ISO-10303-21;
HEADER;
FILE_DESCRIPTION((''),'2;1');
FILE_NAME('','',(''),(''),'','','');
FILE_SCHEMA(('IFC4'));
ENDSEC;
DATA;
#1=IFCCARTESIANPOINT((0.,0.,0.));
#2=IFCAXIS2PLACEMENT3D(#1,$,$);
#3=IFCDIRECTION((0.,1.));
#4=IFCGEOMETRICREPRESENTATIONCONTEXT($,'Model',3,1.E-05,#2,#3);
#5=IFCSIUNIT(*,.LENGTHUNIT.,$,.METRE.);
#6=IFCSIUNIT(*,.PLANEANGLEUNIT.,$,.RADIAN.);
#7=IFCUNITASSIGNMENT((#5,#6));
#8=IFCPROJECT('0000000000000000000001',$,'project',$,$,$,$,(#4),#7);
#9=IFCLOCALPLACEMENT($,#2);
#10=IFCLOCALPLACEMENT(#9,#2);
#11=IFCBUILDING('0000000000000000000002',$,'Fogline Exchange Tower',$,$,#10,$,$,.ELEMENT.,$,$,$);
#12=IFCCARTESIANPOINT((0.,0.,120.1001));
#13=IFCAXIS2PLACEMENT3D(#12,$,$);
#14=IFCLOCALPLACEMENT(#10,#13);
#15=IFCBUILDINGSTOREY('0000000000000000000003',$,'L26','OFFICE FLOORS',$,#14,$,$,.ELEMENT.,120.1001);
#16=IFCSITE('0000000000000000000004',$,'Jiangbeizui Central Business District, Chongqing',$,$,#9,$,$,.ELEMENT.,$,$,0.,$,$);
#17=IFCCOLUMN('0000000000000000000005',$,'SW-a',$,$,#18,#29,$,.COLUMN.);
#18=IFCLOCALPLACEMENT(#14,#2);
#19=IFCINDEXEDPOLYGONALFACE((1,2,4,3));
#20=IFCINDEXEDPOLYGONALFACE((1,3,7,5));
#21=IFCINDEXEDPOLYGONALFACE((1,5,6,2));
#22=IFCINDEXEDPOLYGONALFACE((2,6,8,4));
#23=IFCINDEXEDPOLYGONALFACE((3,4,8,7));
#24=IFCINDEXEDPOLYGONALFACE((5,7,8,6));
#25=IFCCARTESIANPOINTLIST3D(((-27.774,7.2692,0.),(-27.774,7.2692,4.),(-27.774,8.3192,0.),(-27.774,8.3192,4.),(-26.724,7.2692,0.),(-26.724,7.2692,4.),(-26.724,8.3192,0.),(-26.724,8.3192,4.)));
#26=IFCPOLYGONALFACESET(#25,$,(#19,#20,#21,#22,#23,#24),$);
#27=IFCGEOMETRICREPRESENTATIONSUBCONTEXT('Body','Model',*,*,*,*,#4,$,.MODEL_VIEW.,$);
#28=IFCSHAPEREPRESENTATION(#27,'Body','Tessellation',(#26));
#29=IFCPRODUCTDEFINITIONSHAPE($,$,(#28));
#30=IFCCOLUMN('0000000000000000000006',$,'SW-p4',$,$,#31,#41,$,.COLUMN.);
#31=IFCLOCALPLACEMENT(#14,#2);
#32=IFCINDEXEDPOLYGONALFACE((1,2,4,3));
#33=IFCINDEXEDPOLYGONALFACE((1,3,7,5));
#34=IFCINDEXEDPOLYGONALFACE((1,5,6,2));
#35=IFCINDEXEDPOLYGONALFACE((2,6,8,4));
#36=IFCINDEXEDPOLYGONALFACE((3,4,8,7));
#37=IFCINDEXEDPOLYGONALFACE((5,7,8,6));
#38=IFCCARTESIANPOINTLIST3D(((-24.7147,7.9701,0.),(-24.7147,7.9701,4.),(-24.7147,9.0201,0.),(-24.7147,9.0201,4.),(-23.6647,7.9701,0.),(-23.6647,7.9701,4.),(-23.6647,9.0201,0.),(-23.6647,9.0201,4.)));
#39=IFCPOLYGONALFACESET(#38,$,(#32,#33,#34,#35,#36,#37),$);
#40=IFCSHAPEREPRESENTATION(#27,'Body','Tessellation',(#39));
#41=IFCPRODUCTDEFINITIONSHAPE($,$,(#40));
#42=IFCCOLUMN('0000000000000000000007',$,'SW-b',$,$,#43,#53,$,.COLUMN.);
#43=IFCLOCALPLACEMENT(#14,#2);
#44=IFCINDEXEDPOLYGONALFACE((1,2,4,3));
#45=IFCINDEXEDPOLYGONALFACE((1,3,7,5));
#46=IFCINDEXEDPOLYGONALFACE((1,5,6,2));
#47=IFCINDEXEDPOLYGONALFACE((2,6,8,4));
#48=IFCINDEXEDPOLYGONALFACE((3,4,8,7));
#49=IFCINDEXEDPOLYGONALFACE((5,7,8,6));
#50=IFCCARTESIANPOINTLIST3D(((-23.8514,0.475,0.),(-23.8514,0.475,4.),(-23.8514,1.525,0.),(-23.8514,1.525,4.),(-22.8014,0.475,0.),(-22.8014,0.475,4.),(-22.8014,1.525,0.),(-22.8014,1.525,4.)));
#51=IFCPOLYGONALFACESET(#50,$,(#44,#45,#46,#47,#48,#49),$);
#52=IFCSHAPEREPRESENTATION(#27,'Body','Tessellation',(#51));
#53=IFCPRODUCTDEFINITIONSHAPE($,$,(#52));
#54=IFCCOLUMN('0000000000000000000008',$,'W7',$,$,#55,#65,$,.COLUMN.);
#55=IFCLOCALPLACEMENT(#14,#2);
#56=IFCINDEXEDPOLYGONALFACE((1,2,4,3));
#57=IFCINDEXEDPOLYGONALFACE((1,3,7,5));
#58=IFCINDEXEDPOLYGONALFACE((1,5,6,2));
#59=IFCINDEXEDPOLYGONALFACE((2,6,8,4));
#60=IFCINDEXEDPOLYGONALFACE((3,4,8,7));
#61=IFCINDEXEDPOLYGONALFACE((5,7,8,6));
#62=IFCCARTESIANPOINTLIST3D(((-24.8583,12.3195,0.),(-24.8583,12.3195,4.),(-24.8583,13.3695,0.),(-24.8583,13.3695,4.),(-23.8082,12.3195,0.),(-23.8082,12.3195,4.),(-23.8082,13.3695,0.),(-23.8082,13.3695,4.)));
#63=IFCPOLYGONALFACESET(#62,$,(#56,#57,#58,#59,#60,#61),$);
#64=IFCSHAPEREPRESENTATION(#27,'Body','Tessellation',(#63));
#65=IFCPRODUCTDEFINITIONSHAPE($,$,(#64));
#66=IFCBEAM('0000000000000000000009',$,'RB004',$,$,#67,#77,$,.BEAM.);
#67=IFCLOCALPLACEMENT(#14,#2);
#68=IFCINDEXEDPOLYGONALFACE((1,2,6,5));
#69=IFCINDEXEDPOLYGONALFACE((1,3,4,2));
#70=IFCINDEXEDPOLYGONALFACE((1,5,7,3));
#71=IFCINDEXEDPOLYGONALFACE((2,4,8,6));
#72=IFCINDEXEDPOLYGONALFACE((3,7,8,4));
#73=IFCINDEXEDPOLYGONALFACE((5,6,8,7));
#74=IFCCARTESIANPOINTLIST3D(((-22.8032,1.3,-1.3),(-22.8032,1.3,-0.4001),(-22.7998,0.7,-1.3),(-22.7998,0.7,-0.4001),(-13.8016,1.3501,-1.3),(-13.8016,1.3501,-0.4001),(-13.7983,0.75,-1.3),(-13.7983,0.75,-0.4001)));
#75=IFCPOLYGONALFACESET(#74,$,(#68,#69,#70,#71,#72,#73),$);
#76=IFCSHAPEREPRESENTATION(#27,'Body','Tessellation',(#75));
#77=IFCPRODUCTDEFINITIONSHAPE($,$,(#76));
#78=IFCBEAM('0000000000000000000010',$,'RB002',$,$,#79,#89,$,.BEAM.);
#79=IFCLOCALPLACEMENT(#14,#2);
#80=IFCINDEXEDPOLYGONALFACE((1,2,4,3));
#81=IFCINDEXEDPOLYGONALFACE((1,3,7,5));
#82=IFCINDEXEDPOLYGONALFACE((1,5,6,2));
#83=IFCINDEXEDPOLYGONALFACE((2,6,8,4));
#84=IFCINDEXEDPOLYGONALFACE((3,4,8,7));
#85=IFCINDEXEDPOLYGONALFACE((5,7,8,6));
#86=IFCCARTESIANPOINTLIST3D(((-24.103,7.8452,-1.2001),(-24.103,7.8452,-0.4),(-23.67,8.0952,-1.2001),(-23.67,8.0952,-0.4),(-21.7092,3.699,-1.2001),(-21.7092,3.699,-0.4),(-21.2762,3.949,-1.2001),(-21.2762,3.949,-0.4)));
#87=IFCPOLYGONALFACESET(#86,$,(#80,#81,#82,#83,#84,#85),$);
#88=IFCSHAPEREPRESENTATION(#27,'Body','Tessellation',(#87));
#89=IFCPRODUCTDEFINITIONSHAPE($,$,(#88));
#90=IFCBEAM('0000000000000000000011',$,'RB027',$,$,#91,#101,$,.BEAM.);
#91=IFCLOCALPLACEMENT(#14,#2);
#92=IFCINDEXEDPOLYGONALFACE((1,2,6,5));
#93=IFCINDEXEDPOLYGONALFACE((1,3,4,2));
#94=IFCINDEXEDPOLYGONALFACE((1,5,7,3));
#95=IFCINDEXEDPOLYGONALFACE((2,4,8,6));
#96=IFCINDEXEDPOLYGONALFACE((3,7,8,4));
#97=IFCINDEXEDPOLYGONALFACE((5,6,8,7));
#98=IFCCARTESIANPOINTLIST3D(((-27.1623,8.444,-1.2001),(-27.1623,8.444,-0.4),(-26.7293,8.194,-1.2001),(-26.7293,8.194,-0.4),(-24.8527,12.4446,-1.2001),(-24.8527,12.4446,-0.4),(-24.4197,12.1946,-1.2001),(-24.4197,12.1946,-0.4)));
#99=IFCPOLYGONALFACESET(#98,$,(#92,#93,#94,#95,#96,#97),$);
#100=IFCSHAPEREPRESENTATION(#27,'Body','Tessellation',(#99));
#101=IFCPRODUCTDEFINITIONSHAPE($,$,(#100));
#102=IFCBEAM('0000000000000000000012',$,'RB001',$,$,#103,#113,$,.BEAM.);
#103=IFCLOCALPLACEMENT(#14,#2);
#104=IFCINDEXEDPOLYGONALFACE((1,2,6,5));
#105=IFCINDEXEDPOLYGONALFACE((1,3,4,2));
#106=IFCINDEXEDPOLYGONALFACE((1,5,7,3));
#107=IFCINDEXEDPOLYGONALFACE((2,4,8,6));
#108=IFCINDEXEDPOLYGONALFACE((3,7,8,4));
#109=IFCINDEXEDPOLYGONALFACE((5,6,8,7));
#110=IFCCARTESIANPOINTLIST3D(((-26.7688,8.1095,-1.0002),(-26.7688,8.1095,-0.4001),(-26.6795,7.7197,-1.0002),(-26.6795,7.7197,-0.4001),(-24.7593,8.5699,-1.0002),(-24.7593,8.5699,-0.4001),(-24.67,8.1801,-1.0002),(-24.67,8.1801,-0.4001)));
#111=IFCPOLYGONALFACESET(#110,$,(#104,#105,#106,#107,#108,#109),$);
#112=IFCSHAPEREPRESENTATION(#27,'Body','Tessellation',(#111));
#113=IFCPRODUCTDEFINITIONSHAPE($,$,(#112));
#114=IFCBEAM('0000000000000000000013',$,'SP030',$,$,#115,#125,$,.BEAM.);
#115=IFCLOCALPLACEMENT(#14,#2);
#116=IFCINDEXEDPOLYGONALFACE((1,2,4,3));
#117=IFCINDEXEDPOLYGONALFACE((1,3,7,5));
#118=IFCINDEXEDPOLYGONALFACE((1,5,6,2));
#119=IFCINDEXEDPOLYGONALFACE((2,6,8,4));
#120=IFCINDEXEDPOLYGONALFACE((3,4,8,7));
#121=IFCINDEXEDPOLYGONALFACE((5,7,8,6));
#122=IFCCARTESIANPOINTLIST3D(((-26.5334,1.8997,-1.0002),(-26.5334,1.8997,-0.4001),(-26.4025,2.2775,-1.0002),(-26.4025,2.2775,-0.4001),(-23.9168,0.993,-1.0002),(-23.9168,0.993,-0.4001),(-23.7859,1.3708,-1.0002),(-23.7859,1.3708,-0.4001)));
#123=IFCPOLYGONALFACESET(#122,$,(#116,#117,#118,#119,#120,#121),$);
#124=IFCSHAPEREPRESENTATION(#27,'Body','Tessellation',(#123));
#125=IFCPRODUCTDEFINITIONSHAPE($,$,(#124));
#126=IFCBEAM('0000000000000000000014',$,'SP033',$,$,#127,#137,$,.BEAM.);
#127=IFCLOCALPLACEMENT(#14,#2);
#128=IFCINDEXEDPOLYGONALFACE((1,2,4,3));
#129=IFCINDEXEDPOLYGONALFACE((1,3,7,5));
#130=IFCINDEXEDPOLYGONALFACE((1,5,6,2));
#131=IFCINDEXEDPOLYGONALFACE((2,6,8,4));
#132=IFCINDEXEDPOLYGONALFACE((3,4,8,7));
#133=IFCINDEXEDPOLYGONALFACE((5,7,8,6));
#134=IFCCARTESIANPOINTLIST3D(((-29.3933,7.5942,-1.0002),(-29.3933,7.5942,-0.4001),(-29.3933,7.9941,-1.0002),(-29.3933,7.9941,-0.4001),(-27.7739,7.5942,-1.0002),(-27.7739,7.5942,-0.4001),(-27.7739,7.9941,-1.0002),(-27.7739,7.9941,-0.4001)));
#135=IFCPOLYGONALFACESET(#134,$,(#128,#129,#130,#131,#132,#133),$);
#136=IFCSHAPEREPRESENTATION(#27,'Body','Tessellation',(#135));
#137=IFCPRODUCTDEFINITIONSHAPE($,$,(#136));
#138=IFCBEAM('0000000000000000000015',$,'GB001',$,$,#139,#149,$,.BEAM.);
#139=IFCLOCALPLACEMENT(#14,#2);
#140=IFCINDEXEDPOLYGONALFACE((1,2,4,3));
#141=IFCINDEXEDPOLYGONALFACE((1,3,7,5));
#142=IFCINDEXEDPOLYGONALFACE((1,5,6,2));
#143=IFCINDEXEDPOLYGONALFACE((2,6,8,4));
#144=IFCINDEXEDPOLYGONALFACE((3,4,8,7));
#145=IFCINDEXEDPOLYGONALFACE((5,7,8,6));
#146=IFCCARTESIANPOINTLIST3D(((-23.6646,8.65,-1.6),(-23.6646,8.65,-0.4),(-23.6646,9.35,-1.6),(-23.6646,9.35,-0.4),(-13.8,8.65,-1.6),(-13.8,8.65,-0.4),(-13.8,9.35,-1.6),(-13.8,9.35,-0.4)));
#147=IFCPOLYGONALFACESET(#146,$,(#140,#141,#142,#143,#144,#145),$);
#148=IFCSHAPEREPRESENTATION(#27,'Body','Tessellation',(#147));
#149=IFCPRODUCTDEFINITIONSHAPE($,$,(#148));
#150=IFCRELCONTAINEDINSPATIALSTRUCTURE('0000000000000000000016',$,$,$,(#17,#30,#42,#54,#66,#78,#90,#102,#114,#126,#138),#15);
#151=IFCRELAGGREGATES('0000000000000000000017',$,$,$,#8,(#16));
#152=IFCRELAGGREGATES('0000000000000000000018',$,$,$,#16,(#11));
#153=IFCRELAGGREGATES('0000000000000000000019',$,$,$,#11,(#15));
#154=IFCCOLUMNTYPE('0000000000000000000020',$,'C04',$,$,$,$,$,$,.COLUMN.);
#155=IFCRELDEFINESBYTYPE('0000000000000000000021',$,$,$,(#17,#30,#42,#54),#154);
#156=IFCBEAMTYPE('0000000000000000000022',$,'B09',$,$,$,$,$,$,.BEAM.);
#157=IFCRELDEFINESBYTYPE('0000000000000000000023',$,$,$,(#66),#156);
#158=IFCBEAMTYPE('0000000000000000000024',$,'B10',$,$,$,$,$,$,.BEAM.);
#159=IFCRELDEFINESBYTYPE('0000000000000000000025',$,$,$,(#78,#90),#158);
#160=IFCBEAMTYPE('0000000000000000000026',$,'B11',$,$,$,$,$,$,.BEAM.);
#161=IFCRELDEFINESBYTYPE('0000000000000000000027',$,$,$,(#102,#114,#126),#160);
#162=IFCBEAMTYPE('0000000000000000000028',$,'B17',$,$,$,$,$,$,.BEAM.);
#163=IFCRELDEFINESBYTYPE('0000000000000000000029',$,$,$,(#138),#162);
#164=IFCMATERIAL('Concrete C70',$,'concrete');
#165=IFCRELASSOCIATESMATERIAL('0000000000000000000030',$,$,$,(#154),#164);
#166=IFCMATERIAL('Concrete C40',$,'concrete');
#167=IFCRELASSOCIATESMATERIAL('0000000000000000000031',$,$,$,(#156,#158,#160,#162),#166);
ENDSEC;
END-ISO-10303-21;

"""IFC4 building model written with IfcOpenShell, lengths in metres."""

from ifc_helpers import new_model, si_unit, direction, frame, origin, origin_2d, place, context, subcontext, project, spatial, rectangle, extrude, material, material_profile, profile_set, type_object, element, save


model = new_model("IFC4")

# Units and contexts
model_context = context("Model", 3, precision=1e-05, world=origin(), true_north=direction((0.0, 1.0)))
body_context = subcontext(model_context, "Body", "Model", "MODEL_VIEW")
ifc_project = project(units=[si_unit("LENGTHUNIT", "METRE"), si_unit("PLANEANGLEUNIT", "RADIAN")], contexts=[model_context])

# Site, building, storey
site_placement = place(None, origin())
site = spatial("IfcSite", under=ifc_project, at=site_placement, Name="Jiangbeizui Central Business District, Chongqing", CompositionType="ELEMENT", RefElevation=0.0)
building_placement = place(site_placement, origin())
building = spatial("IfcBuilding", under=site, at=building_placement, Name="Fogline Exchange Tower", CompositionType="ELEMENT")
storey_placement = place(building_placement, frame((0.0, 0.0, 120.1001)))
storey = spatial("IfcBuildingStorey", under=building, at=storey_placement, Name="L26", Description="OFFICE FLOORS", CompositionType="ELEMENT", Elevation=120.1001)

# Columns
ifc_material_1 = material(Name="Concrete C70", Category="concrete")
ifc_material_profile_1 = material_profile(ifc_material_1, rectangle(XDim=1.05, YDim=1.05, at=origin_2d()), Name="RC 1050x1050")
ifc_profile_set_1 = profile_set([ifc_material_profile_1], Name="Concrete C70")
column_type = type_object("IfcColumnType", Name="C04", PredefinedType="COLUMN", material=ifc_profile_set_1)
for number, where, z_axis, x_axis, name in (
    (1, (-27.249, 7.7942, 0.0), (0.0, 0.0, 1.0), (1.0, 0.0, 0.0), "SW-a"),
    (2, (-24.1897, 8.4951, 0.0), (0.0, 0.0, 1.0), (1.0, 0.0, 0.0), "SW-p4"),
    (3, (-23.3264, 1.0, 0.0), (0.0, 0.0, 1.0), (1.0, 0.0, 0.0), "SW-b"),
    (4, (-24.3333, 12.8445, 0.0), (0.0, 0.0, 1.0), (1.0, 0.0, 0.0), "W7"),
):
    element("IfcColumn", number, at=place(storey_placement, frame(where, z_axis=z_axis, x_axis=x_axis)), inside=storey, type_object=column_type, Name=name, PredefinedType="COLUMN", context=body_context, shape_type="SweptSolid", body=[
        extrude(rectangle(XDim=1.05, YDim=1.05, at=origin_2d()), origin(), (0.0, 0.0, 1.0), 4.0),
    ])

# Beams
ifc_material_2 = material(Name="Concrete C40", Category="concrete")
ifc_material_profile_2 = material_profile(ifc_material_2, rectangle(XDim=0.6001, YDim=0.8999, at=origin_2d()), Name="RC 600x900")
ifc_profile_set_2 = profile_set([ifc_material_profile_2], Name="Concrete C40")
beam_type_1 = type_object("IfcBeamType", Name="B09", PredefinedType="BEAM", material=ifc_profile_set_2)
beam_1_placement = place(storey_placement, frame((-22.8015, 1.0, -0.8501), z_axis=(0.999985, 0.00556, 0.0), x_axis=(-0.00556, 0.999985, 0.0)))
element("IfcBeam", 5, at=beam_1_placement, inside=storey, type_object=beam_type_1, Name="RB004", PredefinedType="BEAM", context=body_context, shape_type="SweptSolid", body=[
    extrude(rectangle(XDim=0.6001, YDim=0.8999, at=origin_2d()), origin(), (0.0, 0.0, 1.0), 9.0017),
])
ifc_material_profile_3 = material_profile(ifc_material_2, rectangle(XDim=0.5, YDim=0.8, at=origin_2d()), Name="RC 500x800")
ifc_profile_set_3 = profile_set([ifc_material_profile_3], Name="Concrete C40")
beam_type_2 = type_object("IfcBeamType", Name="B10", PredefinedType="BEAM", material=ifc_profile_set_3)
beam_2_placement = place(storey_placement, frame((-23.8865, 7.9702, -0.8), z_axis=(0.499995, -0.866028, 0.0), x_axis=(0.866028, 0.499995, 0.0)))
element("IfcBeam", 6, at=beam_2_placement, inside=storey, type_object=beam_type_2, Name="RB002", PredefinedType="BEAM", context=body_context, shape_type="SweptSolid", body=[
    extrude(rectangle(XDim=0.5, YDim=0.8, at=origin_2d()), origin(), (0.0, 0.0, 1.0), 4.7876),
])
beam_3_placement = place(storey_placement, frame((-24.6362, 12.3196, -0.8), z_axis=(-0.499982, -0.866036, 0.0), x_axis=(0.866036, -0.499982, 0.0)))
element("IfcBeam", 7, at=beam_3_placement, inside=storey, type_object=beam_type_2, Name="RB027", PredefinedType="BEAM", context=body_context, shape_type="SweptSolid", body=[
    extrude(rectangle(XDim=0.5, YDim=0.8, at=origin_2d()), origin(), (0.0, 0.0, 1.0), 4.6194),
])
ifc_material_profile_4 = material_profile(ifc_material_2, rectangle(XDim=0.3999, YDim=0.6001, at=origin_2d()), Name="RC 400x600")
ifc_profile_set_4 = profile_set([ifc_material_profile_4], Name="Concrete C40")
beam_type_3 = type_object("IfcBeamType", Name="B11", PredefinedType="BEAM", material=ifc_profile_set_4)
beam_4_placement = place(storey_placement, frame((-26.7241, 7.9146, -0.7002), z_axis=(0.974739, 0.223346, 0.0), x_axis=(-0.223346, 0.974739, 0.0)))
element("IfcBeam", 8, at=beam_4_placement, inside=storey, type_object=beam_type_3, Name="RB001", PredefinedType="BEAM", context=body_context, shape_type="SweptSolid", body=[
    extrude(rectangle(XDim=0.3999, YDim=0.6001, at=origin_2d()), origin(), (0.0, 0.0, 1.0), 2.0615),
])
beam_5_placement = place(storey_placement, frame((-23.8513, 1.1819, -0.7002), z_axis=(-0.944879, 0.327419, 0.0), x_axis=(-0.327419, -0.944879, 0.0)))
element("IfcBeam", 9, at=beam_5_placement, inside=storey, type_object=beam_type_3, Name="SP030", PredefinedType="BEAM", context=body_context, shape_type="SweptSolid", body=[
    extrude(rectangle(XDim=0.3999, YDim=0.6001, at=origin_2d()), origin(), (0.0, 0.0, 1.0), 2.7693),
])
beam_6_placement = place(storey_placement, frame((-27.7739, 7.7942, -0.7002), z_axis=(-1.0, 0.0, 0.0), x_axis=(0.0, -1.0, 0.0)))
element("IfcBeam", 10, at=beam_6_placement, inside=storey, type_object=beam_type_3, Name="SP033", PredefinedType="BEAM", context=body_context, shape_type="SweptSolid", body=[
    extrude(rectangle(XDim=0.3999, YDim=0.6001, at=origin_2d()), origin(), (0.0, 0.0, 1.0), 1.6194),
])
ifc_material_profile_5 = material_profile(ifc_material_2, rectangle(XDim=0.7, YDim=1.2, at=origin_2d()), Name="RC 700x1200")
ifc_profile_set_5 = profile_set([ifc_material_profile_5], Name="Concrete C40")
beam_type_4 = type_object("IfcBeamType", Name="B17", PredefinedType="BEAM", material=ifc_profile_set_5)
beam_7_placement = place(storey_placement, frame((-23.6646, 9.0, -1.0), z_axis=(1.0, 0.0, 0.0), x_axis=(0.0, 1.0, 0.0)))
element("IfcBeam", 11, at=beam_7_placement, inside=storey, type_object=beam_type_4, Name="GB001", PredefinedType="BEAM", context=body_context, shape_type="SweptSolid", body=[
    extrude(rectangle(XDim=0.7, YDim=1.2, at=origin_2d()), origin(), (0.0, 0.0, 1.0), 9.8645),
])

save(model, "model.ifc")
